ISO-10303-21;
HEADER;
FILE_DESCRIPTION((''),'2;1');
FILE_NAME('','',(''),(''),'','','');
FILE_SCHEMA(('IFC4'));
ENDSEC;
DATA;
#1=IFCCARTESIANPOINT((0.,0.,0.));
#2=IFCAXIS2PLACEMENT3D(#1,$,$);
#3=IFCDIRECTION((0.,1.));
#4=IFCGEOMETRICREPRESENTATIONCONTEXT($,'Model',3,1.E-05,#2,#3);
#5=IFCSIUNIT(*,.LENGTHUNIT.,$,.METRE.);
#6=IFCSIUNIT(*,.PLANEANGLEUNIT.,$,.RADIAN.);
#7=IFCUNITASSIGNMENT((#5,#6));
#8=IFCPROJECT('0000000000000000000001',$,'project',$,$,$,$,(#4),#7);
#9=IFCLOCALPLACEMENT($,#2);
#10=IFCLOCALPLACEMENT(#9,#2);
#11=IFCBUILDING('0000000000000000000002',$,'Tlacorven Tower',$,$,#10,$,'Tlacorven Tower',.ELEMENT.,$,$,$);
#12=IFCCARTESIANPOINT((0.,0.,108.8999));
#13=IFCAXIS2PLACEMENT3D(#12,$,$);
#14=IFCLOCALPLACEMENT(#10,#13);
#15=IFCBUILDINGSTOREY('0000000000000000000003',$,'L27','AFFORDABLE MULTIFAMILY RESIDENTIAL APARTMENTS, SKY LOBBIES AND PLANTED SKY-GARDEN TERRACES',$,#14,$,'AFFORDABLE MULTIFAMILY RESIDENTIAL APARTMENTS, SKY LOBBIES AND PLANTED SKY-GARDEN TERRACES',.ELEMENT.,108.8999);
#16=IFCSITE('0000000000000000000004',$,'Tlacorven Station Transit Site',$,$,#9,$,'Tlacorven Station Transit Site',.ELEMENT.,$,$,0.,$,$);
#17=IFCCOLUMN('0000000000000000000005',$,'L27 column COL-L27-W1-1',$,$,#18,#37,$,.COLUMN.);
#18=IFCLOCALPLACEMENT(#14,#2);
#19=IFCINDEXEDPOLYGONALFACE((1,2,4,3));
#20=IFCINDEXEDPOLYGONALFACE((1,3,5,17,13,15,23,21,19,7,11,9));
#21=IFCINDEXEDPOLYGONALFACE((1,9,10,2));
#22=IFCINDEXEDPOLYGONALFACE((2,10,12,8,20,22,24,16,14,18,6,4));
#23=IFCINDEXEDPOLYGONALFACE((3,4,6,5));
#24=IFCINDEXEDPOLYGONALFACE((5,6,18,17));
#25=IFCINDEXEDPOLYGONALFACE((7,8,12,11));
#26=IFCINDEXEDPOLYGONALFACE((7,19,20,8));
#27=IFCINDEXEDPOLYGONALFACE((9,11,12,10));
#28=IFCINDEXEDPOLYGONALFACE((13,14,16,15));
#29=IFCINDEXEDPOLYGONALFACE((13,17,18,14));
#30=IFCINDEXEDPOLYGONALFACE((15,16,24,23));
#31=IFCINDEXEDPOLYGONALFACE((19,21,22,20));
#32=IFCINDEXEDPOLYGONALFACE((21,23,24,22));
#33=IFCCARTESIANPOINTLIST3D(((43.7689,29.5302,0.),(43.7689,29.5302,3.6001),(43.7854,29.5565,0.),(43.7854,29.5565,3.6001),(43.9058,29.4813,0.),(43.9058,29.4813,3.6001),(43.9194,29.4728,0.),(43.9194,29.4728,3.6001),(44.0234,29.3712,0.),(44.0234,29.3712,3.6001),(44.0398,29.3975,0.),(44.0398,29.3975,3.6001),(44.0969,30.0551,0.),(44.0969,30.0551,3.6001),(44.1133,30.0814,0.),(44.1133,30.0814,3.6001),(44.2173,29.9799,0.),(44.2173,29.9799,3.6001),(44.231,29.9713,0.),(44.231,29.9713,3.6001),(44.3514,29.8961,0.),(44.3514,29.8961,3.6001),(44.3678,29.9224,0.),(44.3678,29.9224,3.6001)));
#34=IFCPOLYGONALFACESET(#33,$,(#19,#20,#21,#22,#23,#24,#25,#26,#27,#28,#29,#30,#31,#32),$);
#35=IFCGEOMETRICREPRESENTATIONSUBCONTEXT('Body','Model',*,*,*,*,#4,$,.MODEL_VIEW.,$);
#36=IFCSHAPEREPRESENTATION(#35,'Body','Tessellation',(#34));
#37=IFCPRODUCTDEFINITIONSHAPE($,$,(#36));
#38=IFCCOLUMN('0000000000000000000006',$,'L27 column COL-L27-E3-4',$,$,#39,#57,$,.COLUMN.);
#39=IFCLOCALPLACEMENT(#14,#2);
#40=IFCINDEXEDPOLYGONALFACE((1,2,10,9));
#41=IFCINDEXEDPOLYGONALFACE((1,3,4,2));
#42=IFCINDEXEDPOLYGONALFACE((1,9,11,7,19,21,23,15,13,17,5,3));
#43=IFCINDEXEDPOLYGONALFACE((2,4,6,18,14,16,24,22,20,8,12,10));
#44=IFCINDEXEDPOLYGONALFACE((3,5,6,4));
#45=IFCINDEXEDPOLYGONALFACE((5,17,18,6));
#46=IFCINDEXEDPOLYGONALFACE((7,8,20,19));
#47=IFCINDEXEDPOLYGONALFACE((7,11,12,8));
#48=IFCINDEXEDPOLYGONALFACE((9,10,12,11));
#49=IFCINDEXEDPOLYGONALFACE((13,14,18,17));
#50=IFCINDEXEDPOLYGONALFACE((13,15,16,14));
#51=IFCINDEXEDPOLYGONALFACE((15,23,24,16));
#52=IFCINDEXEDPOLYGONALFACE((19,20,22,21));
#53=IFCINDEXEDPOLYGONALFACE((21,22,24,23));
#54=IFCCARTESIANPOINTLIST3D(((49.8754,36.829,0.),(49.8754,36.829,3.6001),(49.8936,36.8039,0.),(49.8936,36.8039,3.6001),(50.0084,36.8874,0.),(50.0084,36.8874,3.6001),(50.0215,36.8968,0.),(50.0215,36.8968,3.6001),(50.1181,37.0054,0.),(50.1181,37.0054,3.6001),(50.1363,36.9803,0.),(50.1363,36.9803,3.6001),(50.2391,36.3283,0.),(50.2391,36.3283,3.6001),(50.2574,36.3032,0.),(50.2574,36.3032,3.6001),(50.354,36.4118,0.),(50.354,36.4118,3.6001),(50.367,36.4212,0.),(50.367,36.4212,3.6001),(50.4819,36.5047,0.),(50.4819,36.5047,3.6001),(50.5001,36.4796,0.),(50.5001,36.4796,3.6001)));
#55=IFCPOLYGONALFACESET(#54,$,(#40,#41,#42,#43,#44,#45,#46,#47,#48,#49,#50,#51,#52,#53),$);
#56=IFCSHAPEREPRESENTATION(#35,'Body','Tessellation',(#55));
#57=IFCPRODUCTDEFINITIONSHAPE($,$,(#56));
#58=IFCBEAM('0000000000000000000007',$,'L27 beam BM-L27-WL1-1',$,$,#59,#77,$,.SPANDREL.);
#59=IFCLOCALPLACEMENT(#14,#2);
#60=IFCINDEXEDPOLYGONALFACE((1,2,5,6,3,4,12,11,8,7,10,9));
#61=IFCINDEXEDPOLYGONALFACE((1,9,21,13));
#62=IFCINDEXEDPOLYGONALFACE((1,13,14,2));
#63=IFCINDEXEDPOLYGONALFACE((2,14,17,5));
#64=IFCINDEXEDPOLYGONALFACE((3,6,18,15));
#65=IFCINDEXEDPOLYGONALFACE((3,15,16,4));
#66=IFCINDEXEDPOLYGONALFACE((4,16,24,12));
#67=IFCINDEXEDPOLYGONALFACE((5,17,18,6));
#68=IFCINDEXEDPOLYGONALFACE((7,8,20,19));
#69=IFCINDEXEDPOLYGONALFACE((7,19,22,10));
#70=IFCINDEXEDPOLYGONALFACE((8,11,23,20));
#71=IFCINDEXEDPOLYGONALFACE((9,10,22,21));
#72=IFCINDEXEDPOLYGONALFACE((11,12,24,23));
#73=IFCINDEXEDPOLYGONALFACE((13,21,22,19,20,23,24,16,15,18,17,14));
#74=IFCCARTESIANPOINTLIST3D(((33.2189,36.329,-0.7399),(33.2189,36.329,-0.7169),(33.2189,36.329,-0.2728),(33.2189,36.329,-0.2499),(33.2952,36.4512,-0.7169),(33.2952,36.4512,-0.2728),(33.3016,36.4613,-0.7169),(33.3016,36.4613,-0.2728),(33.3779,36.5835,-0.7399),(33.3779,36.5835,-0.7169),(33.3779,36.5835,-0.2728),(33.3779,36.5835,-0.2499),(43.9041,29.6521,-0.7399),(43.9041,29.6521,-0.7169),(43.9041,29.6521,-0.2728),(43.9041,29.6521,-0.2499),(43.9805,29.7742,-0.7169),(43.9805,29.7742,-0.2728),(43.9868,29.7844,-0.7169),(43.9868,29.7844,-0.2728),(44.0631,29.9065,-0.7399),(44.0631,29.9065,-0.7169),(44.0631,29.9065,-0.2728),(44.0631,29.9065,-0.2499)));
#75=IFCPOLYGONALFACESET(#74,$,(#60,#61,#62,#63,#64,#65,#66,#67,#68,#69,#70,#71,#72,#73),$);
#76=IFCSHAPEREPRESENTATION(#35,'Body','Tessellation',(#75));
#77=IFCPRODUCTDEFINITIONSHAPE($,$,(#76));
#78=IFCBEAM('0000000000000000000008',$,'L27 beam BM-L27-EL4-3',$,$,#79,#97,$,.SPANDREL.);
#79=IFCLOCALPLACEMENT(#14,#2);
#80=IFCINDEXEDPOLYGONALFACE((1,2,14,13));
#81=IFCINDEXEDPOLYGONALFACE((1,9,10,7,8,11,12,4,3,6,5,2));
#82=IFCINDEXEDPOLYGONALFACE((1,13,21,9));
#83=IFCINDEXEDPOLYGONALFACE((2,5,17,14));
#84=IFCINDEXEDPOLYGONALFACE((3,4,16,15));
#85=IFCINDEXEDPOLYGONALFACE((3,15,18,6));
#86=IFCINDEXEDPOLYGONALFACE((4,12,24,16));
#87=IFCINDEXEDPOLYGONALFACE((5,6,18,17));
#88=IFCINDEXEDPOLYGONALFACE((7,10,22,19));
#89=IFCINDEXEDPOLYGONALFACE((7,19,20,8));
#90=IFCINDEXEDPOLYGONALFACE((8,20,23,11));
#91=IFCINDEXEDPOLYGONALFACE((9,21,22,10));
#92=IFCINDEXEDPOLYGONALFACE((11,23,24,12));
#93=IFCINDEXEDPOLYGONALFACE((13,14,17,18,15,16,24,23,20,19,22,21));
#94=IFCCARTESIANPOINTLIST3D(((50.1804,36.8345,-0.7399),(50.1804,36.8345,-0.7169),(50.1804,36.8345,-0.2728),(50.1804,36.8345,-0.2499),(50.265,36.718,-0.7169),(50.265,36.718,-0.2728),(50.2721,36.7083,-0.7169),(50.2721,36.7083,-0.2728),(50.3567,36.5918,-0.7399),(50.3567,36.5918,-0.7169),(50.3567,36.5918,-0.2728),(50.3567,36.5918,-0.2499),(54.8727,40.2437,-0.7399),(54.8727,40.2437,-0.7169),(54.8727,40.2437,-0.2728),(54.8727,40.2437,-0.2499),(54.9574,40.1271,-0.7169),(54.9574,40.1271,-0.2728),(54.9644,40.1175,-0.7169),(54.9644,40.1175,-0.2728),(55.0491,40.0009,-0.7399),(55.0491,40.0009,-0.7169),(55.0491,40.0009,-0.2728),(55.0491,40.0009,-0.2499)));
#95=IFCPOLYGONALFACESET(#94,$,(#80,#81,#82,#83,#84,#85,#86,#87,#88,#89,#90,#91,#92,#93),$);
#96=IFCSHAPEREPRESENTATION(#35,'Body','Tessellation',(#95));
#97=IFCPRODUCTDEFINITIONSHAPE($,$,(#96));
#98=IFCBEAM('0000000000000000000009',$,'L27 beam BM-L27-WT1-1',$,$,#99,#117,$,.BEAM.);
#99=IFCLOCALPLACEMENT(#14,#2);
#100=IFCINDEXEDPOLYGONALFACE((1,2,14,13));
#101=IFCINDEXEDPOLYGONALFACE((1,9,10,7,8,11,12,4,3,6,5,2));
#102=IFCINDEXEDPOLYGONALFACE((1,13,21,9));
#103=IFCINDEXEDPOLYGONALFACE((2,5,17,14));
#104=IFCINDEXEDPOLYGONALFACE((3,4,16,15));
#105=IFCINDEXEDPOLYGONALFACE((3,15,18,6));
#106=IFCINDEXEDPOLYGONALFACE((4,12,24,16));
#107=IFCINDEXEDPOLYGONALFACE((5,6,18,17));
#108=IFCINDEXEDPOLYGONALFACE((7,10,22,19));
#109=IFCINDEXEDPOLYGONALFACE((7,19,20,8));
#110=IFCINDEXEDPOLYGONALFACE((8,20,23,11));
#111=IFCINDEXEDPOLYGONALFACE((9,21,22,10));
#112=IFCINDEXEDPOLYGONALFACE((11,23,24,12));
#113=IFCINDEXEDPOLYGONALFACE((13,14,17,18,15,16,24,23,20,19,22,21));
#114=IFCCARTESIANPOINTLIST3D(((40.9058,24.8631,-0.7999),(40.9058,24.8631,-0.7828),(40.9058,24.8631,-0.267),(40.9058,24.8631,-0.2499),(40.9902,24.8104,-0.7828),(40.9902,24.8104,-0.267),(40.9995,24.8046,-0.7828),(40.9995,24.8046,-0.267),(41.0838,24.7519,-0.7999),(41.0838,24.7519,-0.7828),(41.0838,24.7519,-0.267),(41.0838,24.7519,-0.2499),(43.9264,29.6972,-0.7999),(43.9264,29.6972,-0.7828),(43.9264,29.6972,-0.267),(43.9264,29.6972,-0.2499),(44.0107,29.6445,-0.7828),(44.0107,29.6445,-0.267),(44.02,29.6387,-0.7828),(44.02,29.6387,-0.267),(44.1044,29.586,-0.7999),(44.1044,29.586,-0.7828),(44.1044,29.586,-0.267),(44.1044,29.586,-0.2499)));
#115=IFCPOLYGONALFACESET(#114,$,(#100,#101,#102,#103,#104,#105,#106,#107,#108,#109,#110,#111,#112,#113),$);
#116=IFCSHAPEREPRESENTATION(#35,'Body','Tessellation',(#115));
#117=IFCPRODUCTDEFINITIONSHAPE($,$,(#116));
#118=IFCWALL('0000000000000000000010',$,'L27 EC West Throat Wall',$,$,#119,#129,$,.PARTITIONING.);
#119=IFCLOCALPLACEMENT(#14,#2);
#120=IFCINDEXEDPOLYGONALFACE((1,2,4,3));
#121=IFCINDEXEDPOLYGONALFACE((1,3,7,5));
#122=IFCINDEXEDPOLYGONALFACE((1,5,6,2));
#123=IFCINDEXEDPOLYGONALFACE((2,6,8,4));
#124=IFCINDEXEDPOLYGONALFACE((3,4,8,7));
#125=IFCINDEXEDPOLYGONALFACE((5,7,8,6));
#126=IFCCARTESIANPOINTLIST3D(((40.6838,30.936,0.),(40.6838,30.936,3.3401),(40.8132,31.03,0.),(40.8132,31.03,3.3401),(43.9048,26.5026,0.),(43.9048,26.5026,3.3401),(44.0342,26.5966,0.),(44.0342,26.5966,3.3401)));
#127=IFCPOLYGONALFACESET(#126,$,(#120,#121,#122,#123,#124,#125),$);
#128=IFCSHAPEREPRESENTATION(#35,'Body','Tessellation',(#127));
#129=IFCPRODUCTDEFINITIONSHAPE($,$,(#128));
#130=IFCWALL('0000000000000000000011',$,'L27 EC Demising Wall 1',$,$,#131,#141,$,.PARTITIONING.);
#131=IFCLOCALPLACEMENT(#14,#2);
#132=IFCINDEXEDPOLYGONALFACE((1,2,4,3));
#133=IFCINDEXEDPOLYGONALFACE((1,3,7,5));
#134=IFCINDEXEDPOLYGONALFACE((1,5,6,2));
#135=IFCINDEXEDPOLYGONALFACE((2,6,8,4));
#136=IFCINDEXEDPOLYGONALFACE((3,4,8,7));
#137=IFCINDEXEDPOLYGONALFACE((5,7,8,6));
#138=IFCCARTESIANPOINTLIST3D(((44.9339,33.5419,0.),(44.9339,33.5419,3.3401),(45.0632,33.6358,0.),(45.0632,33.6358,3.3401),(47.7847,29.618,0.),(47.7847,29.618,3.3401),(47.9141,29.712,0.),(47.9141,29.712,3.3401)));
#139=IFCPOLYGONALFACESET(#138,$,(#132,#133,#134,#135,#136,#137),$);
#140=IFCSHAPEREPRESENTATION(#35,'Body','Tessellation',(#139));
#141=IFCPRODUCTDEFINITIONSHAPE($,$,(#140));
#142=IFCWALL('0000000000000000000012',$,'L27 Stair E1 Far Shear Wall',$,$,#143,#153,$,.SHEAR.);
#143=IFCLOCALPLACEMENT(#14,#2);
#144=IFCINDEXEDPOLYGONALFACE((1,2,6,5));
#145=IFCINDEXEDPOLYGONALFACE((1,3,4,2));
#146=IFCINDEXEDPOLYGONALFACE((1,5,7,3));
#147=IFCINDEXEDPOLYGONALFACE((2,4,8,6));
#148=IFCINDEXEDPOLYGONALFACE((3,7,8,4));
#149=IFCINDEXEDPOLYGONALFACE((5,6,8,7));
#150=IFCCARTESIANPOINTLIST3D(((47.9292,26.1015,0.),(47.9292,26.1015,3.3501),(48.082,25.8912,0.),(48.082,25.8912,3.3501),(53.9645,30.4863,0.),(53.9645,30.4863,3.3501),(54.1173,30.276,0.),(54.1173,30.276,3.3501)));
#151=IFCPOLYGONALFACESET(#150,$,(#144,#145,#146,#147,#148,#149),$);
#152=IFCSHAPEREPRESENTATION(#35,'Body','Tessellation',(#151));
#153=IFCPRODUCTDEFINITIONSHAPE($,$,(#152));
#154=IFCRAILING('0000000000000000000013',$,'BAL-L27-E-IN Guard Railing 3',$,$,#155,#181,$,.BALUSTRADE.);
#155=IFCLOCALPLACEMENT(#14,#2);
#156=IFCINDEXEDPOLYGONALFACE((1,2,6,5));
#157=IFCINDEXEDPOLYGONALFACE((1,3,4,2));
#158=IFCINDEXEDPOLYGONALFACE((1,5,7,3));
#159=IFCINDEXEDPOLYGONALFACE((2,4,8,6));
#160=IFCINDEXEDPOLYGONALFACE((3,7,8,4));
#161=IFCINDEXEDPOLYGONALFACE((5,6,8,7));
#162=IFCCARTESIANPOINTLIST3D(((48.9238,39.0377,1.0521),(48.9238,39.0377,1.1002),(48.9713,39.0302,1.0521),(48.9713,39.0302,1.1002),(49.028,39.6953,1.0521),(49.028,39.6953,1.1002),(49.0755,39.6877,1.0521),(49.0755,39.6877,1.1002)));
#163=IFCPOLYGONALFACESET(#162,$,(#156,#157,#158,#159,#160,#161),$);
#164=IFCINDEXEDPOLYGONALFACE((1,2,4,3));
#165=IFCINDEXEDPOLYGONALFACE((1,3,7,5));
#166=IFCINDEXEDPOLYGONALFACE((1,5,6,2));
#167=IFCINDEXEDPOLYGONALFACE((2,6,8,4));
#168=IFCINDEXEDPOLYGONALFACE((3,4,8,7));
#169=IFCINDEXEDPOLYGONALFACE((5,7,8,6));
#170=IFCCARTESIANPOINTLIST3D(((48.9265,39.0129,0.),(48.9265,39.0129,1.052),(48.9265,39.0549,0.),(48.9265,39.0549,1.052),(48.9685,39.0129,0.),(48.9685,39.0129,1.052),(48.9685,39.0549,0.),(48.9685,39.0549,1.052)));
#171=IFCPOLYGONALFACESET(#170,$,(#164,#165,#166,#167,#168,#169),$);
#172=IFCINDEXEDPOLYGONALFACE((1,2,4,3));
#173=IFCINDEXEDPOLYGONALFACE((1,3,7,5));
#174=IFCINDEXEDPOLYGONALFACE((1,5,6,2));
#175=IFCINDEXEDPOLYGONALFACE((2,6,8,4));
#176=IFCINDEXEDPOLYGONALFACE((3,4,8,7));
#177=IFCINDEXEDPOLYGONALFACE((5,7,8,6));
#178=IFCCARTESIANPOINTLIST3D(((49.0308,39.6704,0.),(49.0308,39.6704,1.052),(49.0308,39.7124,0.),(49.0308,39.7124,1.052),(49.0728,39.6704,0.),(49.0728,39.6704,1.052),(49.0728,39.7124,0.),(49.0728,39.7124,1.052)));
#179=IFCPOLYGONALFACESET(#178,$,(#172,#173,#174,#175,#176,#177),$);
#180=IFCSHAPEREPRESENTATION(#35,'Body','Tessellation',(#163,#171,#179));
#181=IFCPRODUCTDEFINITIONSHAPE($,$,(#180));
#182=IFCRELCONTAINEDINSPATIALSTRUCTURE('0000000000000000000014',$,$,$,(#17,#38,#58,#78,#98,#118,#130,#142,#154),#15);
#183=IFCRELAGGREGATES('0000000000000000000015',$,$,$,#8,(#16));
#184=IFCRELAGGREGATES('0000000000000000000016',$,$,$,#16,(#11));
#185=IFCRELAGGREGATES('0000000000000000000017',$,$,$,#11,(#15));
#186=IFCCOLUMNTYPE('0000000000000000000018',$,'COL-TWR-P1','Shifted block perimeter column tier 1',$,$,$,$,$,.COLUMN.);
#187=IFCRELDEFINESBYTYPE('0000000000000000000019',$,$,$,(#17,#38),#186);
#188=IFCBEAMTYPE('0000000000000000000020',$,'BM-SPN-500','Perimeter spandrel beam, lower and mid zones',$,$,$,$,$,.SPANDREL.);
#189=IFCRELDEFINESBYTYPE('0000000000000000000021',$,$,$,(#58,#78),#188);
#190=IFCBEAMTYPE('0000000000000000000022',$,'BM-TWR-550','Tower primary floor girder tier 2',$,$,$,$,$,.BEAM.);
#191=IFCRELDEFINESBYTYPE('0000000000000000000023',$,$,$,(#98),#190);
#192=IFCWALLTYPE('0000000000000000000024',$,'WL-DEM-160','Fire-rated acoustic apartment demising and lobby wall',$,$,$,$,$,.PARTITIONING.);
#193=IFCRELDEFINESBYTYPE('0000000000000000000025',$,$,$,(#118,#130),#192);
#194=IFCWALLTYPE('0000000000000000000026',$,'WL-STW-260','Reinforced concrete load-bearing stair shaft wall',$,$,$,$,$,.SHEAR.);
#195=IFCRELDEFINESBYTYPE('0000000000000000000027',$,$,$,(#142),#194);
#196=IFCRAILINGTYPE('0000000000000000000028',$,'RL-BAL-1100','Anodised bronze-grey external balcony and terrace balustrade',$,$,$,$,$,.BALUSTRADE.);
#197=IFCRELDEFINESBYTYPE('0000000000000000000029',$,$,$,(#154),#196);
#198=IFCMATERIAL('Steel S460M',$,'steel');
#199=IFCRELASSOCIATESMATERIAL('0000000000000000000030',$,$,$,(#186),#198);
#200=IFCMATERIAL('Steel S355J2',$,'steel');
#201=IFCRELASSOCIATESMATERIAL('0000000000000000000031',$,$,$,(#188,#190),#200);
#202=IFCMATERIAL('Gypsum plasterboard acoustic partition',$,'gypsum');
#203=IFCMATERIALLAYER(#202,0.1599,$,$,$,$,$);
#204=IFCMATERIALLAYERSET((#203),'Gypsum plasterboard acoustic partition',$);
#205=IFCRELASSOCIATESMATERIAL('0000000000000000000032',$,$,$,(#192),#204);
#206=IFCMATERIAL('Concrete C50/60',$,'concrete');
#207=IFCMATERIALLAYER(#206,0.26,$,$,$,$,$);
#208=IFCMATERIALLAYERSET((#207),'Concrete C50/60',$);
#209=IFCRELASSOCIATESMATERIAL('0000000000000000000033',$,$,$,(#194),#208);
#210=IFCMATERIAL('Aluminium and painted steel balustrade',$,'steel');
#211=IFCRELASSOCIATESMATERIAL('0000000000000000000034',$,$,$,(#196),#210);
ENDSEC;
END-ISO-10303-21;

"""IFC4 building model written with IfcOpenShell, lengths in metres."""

from ifc_helpers import new_model, si_unit, direction, frame, frame_2d, origin, origin_2d, place, context, subcontext, project, spatial, rectangle, i_section, extrude, source, transform, mapped, material, layer, layer_set, material_profile, profile_set, type_object, element, save


model = new_model("IFC4")

# Units and contexts
model_context = context("Model", 3, precision=1e-05, world=origin(), true_north=direction((0.0, 1.0)))
body_context = subcontext(model_context, "Body", "Model", "MODEL_VIEW")
ifc_project = project(units=[si_unit("LENGTHUNIT", "METRE"), si_unit("PLANEANGLEUNIT", "RADIAN")], contexts=[model_context])

# Site, building, storey
site_placement = place(None, origin())
site = spatial("IfcSite", under=ifc_project, at=site_placement, Name="Tlacorven Station Transit Site", LongName="Tlacorven Station Transit Site", CompositionType="ELEMENT", RefElevation=0.0)
building_placement = place(site_placement, origin())
building = spatial("IfcBuilding", under=site, at=building_placement, Name="Tlacorven Tower", LongName="Tlacorven Tower", CompositionType="ELEMENT")
storey_placement = place(building_placement, frame((0.0, 0.0, 108.8999)))
storey = spatial("IfcBuildingStorey", under=building, at=storey_placement, Name="L27", Description="AFFORDABLE MULTIFAMILY RESIDENTIAL APARTMENTS, SKY LOBBIES AND PLANTED SKY-GARDEN TERRACES", LongName="AFFORDABLE MULTIFAMILY RESIDENTIAL APARTMENTS, SKY LOBBIES AND PLANTED SKY-GARDEN TERRACES", CompositionType="ELEMENT", Elevation=108.8999)

# Columns
ifc_material_1 = material(Name="Steel S460M", Category="steel")
ifc_material_profile_1 = material_profile(ifc_material_1, i_section(OverallWidth=0.3, OverallDepth=0.6499, WebThickness=0.0161, FlangeThickness=0.031, at=origin_2d()), Name="HEB 650")
ifc_profile_set_1 = profile_set([ifc_material_profile_1], Name="Steel S460M")
column_type = type_object("IfcColumnType", Name="COL-TWR-P1", Description="Shifted block perimeter column tier 1", PredefinedType="COLUMN", material=ifc_profile_set_1)
shared_shape_1 = source(origin(), body_context, "Body", "SweptSolid", [
    extrude(i_section(OverallWidth=0.3, OverallDepth=0.6499, WebThickness=0.0161, FlangeThickness=0.031, at=origin_2d()), origin(), (0.0, 0.0, 1.0), 3.6001),
])
for number, where, z_axis, x_axis, name in (
    (1, (44.0684, 29.7263, 0.0), (0.0, 0.0, 1.0), (-0.848048, 0.529919, 0.0), "L27 column COL-L27-W1-1"),
    (2, (50.1877, 36.6543, 0.0), (0.0, 0.0, 1.0), (0.809017, 0.587785, 0.0), "L27 column COL-L27-E3-4"),
):
    element("IfcColumn", number, at=place(storey_placement, frame(where, z_axis=z_axis, x_axis=x_axis)), inside=storey, type_object=column_type, Name=name, PredefinedType="COLUMN", context=body_context, shape_type="MappedRepresentation", body=[
        mapped(shared_shape_1, transform((0.0, 0.0, 0.0), scale=1.0)),
    ])

# Beams
ifc_material_2 = material(Name="Steel S355J2", Category="steel")
ifc_material_profile_2 = material_profile(ifc_material_2, i_section(OverallWidth=0.3, OverallDepth=0.49, WebThickness=0.012, FlangeThickness=0.0229, at=origin_2d()), Name="HEA 500")
ifc_profile_set_2 = profile_set([ifc_material_profile_2], Name="Steel S355J2")
beam_type_1 = type_object("IfcBeamType", Name="BM-SPN-500", Description="Perimeter spandrel beam, lower and mid zones", PredefinedType="SPANDREL", material=ifc_profile_set_2)
shared_shape_2 = source(origin(), body_context, "Body", "SweptSolid", [
    extrude(i_section(OverallWidth=0.3, OverallDepth=0.49, WebThickness=0.012, FlangeThickness=0.0229, at=origin_2d()), origin(), (0.0, 0.0, 1.0), 12.5999),
])
beam_1_placement = place(storey_placement, frame((43.9836, 29.7793, -0.4949), z_axis=(-0.848045, 0.529924, 0.0), x_axis=(-0.529924, -0.848045, 0.0)))
element("IfcBeam", 3, at=beam_1_placement, inside=storey, type_object=beam_type_1, Name="L27 beam BM-L27-WL1-1", PredefinedType="SPANDREL", context=body_context, shape_type="MappedRepresentation", body=[
    mapped(shared_shape_2, transform((0.0, 0.0, 0.0), scale=1.0)),
])
shared_shape_3 = source(origin(), body_context, "Body", "SweptSolid", [
    extrude(i_section(OverallWidth=0.3, OverallDepth=0.49, WebThickness=0.012, FlangeThickness=0.0229, at=origin_2d()), origin(), (0.0, 0.0, 1.0), 5.8),
])
beam_2_placement = place(storey_placement, frame((50.2686, 36.7131, -0.4949), z_axis=(0.80902, 0.587781, 0.0), x_axis=(-0.587781, 0.80902, 0.0)))
element("IfcBeam", 4, at=beam_2_placement, inside=storey, type_object=beam_type_1, Name="L27 beam BM-L27-EL4-3", PredefinedType="SPANDREL", context=body_context, shape_type="MappedRepresentation", body=[
    mapped(shared_shape_3, transform((0.0, 0.0, 0.0), scale=1.0)),
])
ifc_material_profile_3 = material_profile(ifc_material_2, i_section(OverallWidth=0.21, OverallDepth=0.55, WebThickness=0.011, FlangeThickness=0.0171, at=origin_2d()), Name="IPE 550")
ifc_profile_set_3 = profile_set([ifc_material_profile_3], Name="Steel S355J2")
beam_type_2 = type_object("IfcBeamType", Name="BM-TWR-550", Description="Tower primary floor girder tier 2", PredefinedType="BEAM", material=ifc_profile_set_3)
shared_shape_4 = source(origin(), body_context, "Body", "SweptSolid", [
    extrude(i_section(OverallWidth=0.21, OverallDepth=0.55, WebThickness=0.011, FlangeThickness=0.0171, at=origin_2d()), origin(), (0.0, 0.0, 1.0), 5.7002),
])
beam_3_placement = place(storey_placement, frame((44.0154, 29.6416, -0.5249), z_axis=(-0.529907, -0.848056, 0.0), x_axis=(0.848056, -0.529907, 0.0)))
element("IfcBeam", 5, at=beam_3_placement, inside=storey, type_object=beam_type_2, Name="L27 beam BM-L27-WT1-1", PredefinedType="BEAM", context=body_context, shape_type="MappedRepresentation", body=[
    mapped(shared_shape_4, transform((0.0, 0.0, 0.0), scale=1.0)),
])

# Walls
ifc_material_3 = material(Name="Gypsum plasterboard acoustic partition", Category="gypsum")
ifc_layer_1 = layer(ifc_material_3, 0.1599)
ifc_layer_set_1 = layer_set([ifc_layer_1], Name="Gypsum plasterboard acoustic partition")
wall_type_1 = type_object("IfcWallType", Name="WL-DEM-160", Description="Fire-rated acoustic apartment demising and lobby wall", PredefinedType="PARTITIONING", material=ifc_layer_set_1)
wall_1_placement = place(storey_placement, frame((43.9695, 26.5496, 0.0), z_axis=(0.0, 0.0, 1.0), x_axis=(-0.587777, 0.809023, 0.0)))
element("IfcWall", 6, at=wall_1_placement, inside=storey, type_object=wall_type_1, Name="L27 EC West Throat Wall", PredefinedType="PARTITIONING", context=body_context, shape_type="SweptSolid", body=[
    extrude(rectangle(XDim=5.48, YDim=0.1599, at=frame_2d((2.74, 0.0))), origin(), (0.0, 0.0, 1.0), 3.3401),
])
wall_2_placement = place(storey_placement, frame((47.8494, 29.665, 0.0), z_axis=(0.0, 0.0, 1.0), x_axis=(-0.587786, 0.809017, 0.0)))
element("IfcWall", 7, at=wall_2_placement, inside=storey, type_object=wall_type_1, Name="L27 EC Demising Wall 1", PredefinedType="PARTITIONING", context=body_context, shape_type="SweptSolid", body=[
    extrude(rectangle(XDim=4.8501, YDim=0.1599, at=frame_2d((2.425, 0.0))), origin(), (0.0, 0.0, 1.0), 3.3401),
])
ifc_material_4 = material(Name="Concrete C50/60", Category="concrete")
ifc_layer_2 = layer(ifc_material_4, 0.26)
ifc_layer_set_2 = layer_set([ifc_layer_2], Name="Concrete C50/60")
wall_type_2 = type_object("IfcWallType", Name="WL-STW-260", Description="Reinforced concrete load-bearing stair shaft wall", PredefinedType="SHEAR", material=ifc_layer_set_2)
wall_3_placement = place(storey_placement, frame((48.0056, 25.9963, 0.0), z_axis=(0.0, 0.0, 1.0), x_axis=(0.809019, 0.587782, 0.0)))
element("IfcWall", 8, at=wall_3_placement, inside=storey, type_object=wall_type_2, Name="L27 Stair E1 Far Shear Wall", PredefinedType="SHEAR", context=body_context, shape_type="SweptSolid", body=[
    extrude(rectangle(XDim=7.46, YDim=0.26, at=frame_2d((3.73, 0.0))), origin(), (0.0, 0.0, 1.0), 3.3501),
])

# Railing
ifc_material_5 = material(Name="Aluminium and painted steel balustrade", Category="steel")
railing_type_1 = type_object("IfcRailingType", Name="RL-BAL-1100", Description="Anodised bronze-grey external balcony and terrace balustrade", PredefinedType="BALUSTRADE", material=ifc_material_5)
shared_shape_5 = source(origin(), body_context, "Body", "SweptSolid", [
    extrude(rectangle(XDim=0.0481, YDim=0.0481, at=origin_2d()), frame((0.0, 0.0, 1.0762), z_axis=(0.156603, 0.987662, 0.0), x_axis=(-0.987662, 0.156603, 0.0)), (0.0, 0.0, 1.0), 0.6658),
    extrude(rectangle(XDim=0.042, YDim=0.042, at=origin_2d()), origin(), (0.0, 0.0, 1.0), 1.052),
    extrude(rectangle(XDim=0.042, YDim=0.042, at=origin_2d()), frame((0.1042, 0.6575, 0.0)), (0.0, 0.0, 1.0), 1.052),
])
railing_1_placement = place(storey_placement, frame((48.9475, 39.0339, 0.0)))
element("IfcRailing", 9, at=railing_1_placement, inside=storey, type_object=railing_type_1, Name="BAL-L27-E-IN Guard Railing 3", PredefinedType="BALUSTRADE", context=body_context, shape_type="MappedRepresentation", body=[
    mapped(shared_shape_5, transform((0.0, 0.0, 0.0), scale=1.0)),
])

save(model, "model.ifc")
